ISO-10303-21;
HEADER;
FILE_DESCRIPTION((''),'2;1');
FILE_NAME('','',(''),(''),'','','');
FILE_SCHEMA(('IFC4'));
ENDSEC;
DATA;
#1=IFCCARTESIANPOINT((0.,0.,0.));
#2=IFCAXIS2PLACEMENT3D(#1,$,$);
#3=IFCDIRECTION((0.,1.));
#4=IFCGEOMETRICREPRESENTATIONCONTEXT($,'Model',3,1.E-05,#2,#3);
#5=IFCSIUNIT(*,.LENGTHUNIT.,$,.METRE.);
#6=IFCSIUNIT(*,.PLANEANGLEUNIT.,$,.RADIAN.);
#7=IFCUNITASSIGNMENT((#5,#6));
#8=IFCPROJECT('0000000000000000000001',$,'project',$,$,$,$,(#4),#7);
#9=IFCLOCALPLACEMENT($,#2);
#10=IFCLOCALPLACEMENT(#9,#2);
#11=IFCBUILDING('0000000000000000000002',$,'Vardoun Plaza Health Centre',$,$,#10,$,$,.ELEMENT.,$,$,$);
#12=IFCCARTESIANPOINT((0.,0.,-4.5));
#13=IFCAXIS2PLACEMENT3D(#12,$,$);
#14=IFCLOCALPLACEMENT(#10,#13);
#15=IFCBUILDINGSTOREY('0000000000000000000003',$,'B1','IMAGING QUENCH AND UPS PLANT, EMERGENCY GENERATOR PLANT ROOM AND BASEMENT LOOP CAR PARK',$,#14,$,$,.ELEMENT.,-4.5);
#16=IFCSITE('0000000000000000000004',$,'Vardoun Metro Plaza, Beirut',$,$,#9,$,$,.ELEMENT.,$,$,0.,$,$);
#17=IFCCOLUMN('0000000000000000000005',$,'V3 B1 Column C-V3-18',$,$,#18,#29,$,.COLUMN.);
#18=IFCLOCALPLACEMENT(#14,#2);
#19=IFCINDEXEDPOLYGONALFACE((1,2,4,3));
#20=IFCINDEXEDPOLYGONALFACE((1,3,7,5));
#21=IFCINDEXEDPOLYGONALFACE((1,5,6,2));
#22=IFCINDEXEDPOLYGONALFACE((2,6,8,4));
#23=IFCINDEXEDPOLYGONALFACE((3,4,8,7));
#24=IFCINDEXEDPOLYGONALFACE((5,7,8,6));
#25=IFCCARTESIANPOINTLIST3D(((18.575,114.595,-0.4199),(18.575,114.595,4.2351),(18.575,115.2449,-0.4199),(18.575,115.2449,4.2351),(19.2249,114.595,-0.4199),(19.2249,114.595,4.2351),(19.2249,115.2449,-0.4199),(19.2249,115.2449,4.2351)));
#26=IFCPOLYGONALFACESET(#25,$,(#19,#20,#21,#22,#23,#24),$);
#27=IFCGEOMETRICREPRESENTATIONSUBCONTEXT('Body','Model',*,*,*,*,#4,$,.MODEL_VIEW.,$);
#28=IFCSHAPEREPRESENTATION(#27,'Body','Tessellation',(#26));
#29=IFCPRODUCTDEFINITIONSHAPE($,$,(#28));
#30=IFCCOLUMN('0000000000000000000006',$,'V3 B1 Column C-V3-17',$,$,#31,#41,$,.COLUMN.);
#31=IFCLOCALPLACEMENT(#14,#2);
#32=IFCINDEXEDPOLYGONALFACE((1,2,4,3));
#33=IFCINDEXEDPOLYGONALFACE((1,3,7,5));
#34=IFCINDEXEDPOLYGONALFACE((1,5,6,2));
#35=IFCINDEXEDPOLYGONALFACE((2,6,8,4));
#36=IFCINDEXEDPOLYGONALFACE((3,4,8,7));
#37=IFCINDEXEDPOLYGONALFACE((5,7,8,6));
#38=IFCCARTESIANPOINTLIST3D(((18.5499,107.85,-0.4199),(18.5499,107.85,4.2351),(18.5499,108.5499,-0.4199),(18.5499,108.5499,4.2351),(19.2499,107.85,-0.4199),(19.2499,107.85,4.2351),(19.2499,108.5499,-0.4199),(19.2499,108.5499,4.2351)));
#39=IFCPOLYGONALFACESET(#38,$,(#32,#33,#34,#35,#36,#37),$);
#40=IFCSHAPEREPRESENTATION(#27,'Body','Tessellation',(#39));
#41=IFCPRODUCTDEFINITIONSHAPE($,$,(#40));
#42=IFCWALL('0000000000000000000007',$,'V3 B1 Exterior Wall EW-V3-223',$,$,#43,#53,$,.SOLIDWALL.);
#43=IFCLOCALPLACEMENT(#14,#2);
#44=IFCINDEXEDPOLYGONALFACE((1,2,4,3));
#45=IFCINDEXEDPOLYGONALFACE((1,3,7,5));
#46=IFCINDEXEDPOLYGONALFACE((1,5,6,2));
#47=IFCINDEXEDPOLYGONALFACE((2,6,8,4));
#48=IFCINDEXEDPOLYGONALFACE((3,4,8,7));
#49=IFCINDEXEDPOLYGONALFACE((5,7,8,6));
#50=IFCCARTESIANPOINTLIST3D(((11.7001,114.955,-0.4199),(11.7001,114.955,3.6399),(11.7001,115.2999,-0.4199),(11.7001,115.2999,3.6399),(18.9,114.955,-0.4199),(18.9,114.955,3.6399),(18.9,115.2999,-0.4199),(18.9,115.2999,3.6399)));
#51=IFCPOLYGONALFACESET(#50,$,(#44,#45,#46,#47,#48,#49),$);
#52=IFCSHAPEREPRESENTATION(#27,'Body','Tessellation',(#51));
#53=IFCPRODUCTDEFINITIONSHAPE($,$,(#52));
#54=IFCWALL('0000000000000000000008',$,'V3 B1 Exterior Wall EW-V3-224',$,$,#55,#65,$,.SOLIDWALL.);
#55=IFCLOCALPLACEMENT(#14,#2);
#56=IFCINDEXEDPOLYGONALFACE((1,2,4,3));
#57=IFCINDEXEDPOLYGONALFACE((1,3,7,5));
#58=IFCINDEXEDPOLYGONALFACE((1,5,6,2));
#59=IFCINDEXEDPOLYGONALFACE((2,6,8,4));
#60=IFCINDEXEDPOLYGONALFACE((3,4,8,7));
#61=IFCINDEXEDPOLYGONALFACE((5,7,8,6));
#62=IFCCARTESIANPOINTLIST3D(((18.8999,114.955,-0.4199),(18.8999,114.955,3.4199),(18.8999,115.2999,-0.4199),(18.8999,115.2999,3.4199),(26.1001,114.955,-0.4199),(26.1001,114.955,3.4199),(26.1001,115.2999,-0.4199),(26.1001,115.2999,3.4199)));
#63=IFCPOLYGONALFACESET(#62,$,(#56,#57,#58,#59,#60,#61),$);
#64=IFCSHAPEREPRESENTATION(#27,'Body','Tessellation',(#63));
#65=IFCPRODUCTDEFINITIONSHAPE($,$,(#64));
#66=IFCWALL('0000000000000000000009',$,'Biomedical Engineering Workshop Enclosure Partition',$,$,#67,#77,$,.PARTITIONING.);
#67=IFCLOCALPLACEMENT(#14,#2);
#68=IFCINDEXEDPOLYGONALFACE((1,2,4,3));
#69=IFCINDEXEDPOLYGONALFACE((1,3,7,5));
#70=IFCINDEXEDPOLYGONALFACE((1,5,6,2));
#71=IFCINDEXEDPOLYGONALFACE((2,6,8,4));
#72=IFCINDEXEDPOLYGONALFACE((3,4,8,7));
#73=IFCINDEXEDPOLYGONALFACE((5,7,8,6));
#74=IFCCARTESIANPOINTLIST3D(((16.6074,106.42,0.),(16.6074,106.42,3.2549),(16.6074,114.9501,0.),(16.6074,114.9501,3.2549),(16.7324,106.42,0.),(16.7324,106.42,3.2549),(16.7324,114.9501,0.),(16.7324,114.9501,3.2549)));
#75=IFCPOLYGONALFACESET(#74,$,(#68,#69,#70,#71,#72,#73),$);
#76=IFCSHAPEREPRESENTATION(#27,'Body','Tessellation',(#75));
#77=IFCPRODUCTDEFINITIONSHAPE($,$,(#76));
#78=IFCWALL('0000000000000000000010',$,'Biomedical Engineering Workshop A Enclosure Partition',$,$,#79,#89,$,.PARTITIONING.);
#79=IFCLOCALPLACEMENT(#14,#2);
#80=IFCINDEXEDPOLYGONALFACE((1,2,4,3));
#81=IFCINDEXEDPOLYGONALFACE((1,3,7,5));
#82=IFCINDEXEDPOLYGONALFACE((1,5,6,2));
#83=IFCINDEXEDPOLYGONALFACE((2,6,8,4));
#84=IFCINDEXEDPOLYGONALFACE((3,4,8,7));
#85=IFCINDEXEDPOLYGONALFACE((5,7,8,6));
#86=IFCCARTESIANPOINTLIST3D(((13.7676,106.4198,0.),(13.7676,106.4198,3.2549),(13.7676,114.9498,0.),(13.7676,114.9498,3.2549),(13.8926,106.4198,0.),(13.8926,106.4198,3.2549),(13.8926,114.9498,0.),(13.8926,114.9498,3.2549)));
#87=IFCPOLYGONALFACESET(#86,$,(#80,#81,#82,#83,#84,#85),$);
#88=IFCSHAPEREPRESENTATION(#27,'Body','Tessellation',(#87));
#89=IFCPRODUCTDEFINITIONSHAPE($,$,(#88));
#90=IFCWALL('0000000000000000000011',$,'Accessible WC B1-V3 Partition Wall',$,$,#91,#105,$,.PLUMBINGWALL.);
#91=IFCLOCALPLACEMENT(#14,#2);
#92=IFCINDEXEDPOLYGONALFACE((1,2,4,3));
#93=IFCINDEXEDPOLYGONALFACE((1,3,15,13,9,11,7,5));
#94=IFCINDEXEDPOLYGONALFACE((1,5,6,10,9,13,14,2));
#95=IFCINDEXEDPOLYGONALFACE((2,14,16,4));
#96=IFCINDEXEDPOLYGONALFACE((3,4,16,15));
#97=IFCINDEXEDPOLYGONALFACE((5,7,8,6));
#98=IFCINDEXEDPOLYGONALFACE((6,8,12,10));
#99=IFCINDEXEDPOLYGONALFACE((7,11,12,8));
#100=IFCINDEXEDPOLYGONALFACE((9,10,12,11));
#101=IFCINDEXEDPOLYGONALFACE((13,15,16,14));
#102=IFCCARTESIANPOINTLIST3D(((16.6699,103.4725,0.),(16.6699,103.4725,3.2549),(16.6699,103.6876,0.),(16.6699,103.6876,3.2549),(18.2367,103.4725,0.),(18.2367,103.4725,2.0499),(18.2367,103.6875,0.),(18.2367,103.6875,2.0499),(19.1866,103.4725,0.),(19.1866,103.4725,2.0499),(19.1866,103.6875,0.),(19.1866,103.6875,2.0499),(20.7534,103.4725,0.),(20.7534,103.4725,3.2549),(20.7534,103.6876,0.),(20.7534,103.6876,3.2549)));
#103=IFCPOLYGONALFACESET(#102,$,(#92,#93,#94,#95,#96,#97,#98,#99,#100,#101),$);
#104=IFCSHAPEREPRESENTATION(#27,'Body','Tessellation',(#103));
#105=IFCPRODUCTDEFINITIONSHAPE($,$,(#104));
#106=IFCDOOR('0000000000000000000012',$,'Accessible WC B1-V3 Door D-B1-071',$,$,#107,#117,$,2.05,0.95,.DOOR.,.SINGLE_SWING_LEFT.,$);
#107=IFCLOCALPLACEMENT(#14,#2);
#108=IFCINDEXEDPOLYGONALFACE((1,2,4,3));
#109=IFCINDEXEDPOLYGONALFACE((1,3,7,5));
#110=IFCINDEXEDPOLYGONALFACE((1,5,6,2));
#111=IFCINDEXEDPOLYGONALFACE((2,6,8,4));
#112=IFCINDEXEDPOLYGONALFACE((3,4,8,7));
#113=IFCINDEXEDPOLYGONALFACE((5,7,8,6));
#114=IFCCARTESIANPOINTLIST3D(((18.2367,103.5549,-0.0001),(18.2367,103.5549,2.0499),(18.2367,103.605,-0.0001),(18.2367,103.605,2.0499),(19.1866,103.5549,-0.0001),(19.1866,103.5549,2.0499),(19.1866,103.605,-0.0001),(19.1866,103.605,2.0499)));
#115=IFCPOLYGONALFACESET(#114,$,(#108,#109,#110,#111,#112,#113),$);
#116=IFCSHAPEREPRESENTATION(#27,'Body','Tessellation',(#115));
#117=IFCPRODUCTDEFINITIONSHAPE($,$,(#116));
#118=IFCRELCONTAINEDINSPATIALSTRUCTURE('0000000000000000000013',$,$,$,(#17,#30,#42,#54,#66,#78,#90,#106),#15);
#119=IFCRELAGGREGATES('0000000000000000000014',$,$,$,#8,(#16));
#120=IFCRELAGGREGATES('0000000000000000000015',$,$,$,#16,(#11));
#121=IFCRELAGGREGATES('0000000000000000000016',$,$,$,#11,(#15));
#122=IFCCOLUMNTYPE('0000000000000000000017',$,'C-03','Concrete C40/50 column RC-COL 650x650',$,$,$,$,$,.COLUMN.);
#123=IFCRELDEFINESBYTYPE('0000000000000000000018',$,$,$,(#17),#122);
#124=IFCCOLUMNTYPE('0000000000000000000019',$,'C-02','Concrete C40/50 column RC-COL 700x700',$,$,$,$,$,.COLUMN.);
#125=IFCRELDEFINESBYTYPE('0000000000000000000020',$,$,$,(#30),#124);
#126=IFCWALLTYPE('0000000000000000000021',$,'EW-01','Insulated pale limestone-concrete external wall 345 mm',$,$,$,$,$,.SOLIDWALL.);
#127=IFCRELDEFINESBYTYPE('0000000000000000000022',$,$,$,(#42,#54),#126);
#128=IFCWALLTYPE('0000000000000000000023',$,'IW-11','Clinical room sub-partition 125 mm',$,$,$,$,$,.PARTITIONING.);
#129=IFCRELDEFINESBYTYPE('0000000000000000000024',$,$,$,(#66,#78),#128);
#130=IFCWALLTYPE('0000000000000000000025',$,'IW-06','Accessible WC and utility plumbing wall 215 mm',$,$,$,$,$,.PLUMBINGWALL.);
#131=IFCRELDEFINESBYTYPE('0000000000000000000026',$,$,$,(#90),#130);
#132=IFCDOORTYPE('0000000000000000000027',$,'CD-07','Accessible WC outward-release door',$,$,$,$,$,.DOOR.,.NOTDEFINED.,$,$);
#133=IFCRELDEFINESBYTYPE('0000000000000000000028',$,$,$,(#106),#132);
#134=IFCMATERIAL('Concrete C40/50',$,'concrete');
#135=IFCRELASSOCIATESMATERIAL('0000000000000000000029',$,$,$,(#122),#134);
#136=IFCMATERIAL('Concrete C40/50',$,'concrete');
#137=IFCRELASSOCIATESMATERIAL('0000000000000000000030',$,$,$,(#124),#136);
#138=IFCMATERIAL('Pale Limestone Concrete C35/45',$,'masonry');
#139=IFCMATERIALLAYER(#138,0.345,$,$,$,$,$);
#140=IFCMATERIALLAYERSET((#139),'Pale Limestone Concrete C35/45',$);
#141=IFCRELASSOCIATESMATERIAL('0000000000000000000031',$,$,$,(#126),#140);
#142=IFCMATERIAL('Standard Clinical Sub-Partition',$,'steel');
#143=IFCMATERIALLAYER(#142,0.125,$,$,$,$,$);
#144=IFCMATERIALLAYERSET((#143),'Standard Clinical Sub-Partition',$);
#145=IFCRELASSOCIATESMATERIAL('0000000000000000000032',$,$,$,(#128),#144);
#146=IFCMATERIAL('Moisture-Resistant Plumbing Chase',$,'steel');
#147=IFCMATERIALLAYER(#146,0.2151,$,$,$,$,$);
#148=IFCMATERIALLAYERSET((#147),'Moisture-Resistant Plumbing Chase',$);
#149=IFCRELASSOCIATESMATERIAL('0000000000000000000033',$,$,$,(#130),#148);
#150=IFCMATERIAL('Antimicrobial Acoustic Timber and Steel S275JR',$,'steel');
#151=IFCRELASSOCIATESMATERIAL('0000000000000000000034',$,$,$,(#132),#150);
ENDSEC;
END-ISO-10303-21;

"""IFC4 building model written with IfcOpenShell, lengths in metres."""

from ifc_helpers import new_model, si_unit, direction, frame, frame_2d, origin, origin_2d, place, context, subcontext, project, spatial, rectangle, extrude, material, layer, layer_set, material_profile, profile_set, type_object, element, fill, save


model = new_model("IFC4")

# Units and contexts
model_context = context("Model", 3, precision=1e-05, world=origin(), true_north=direction((0.0, 1.0)))
body_context = subcontext(model_context, "Body", "Model", "MODEL_VIEW")
ifc_project = project(units=[si_unit("LENGTHUNIT", "METRE"), si_unit("PLANEANGLEUNIT", "RADIAN")], contexts=[model_context])

# Site, building, storey
site_placement = place(None, origin())
site = spatial("IfcSite", under=ifc_project, at=site_placement, Name="Vardoun Metro Plaza, Beirut", CompositionType="ELEMENT", RefElevation=0.0)
building_placement = place(site_placement, origin())
building = spatial("IfcBuilding", under=site, at=building_placement, Name="Vardoun Plaza Health Centre", CompositionType="ELEMENT")
storey_placement = place(building_placement, frame((0.0, 0.0, -4.5)))
storey = spatial("IfcBuildingStorey", under=building, at=storey_placement, Name="B1", Description="IMAGING QUENCH AND UPS PLANT, EMERGENCY GENERATOR PLANT ROOM AND BASEMENT LOOP CAR PARK", CompositionType="ELEMENT", Elevation=-4.5)

# Columns
ifc_material_1 = material(Name="Concrete C40/50", Category="concrete")
ifc_material_profile_1 = material_profile(ifc_material_1, rectangle(XDim=0.6499, YDim=0.6499, at=origin_2d()), Name="RC-COL 650x650")
ifc_profile_set_1 = profile_set([ifc_material_profile_1], Name="Concrete C40/50")
column_type_1 = type_object("IfcColumnType", Name="C-03", Description="Concrete C40/50 column RC-COL 650x650", PredefinedType="COLUMN", material=ifc_profile_set_1)
for number, where, z_axis, x_axis, name in (
    (1, (18.8999, 114.9199, -0.4199), (0.0, 0.0, 1.0), (1.0, 0.0, 0.0), "V3 B1 Column C-V3-18"),
):
    element("IfcColumn", number, at=place(storey_placement, frame(where, z_axis=z_axis, x_axis=x_axis)), inside=storey, type_object=column_type_1, Name=name, PredefinedType="COLUMN", context=body_context, shape_type="SweptSolid", body=[
        extrude(rectangle(XDim=0.6499, YDim=0.6499, at=origin_2d()), origin(), (0.0, 0.0, 1.0), 4.655),
    ])
ifc_material_2 = material(Name="Concrete C40/50", Category="concrete")
ifc_material_profile_2 = material_profile(ifc_material_2, rectangle(XDim=0.7, YDim=0.7, at=origin_2d()), Name="RC-COL 700x700")
ifc_profile_set_2 = profile_set([ifc_material_profile_2], Name="Concrete C40/50")
column_type_2 = type_object("IfcColumnType", Name="C-02", Description="Concrete C40/50 column RC-COL 700x700", PredefinedType="COLUMN", material=ifc_profile_set_2)
column_placement = place(storey_placement, frame((18.8999, 108.2, -0.4199), z_axis=(0.0, 0.0, 1.0), x_axis=(1.0, 0.0, 0.0)))
element("IfcColumn", 2, at=column_placement, inside=storey, type_object=column_type_2, Name="V3 B1 Column C-V3-17", PredefinedType="COLUMN", context=body_context, shape_type="SweptSolid", body=[
    extrude(rectangle(XDim=0.7, YDim=0.7, at=origin_2d()), origin(), (0.0, 0.0, 1.0), 4.655),
])

# Walls
ifc_material_3 = material(Name="Pale Limestone Concrete C35/45", Category="masonry")
ifc_layer_1 = layer(ifc_material_3, 0.345)
ifc_layer_set_1 = layer_set([ifc_layer_1], Name="Pale Limestone Concrete C35/45")
wall_type_1 = type_object("IfcWallType", Name="EW-01", Description="Insulated pale limestone-concrete external wall 345 mm", PredefinedType="SOLIDWALL", material=ifc_layer_set_1)
wall_1_placement = place(storey_placement, frame((11.7, 115.1274, -0.4199), z_axis=(0.0, 0.0, 1.0), x_axis=(1.0, 0.0, 0.0)))
element("IfcWall", 3, at=wall_1_placement, inside=storey, type_object=wall_type_1, Name="V3 B1 Exterior Wall EW-V3-223", PredefinedType="SOLIDWALL", context=body_context, shape_type="SweptSolid", body=[
    extrude(rectangle(XDim=7.2, YDim=0.345, at=frame_2d((3.6001, 0.0))), origin(), (0.0, 0.0, 1.0), 4.0598),
])
wall_2_placement = place(storey_placement, frame((18.8999, 115.1274, -0.4199), z_axis=(0.0, 0.0, 1.0), x_axis=(1.0, 0.0, 0.0)))
element("IfcWall", 4, at=wall_2_placement, inside=storey, type_object=wall_type_1, Name="V3 B1 Exterior Wall EW-V3-224", PredefinedType="SOLIDWALL", context=body_context, shape_type="SweptSolid", body=[
    extrude(rectangle(XDim=7.2002, YDim=0.345, at=frame_2d((3.6001, 0.0))), origin(), (0.0, 0.0, 1.0), 3.8398),
])
ifc_material_4 = material(Name="Standard Clinical Sub-Partition", Category="steel")
ifc_layer_2 = layer(ifc_material_4, 0.125)
ifc_layer_set_2 = layer_set([ifc_layer_2], Name="Standard Clinical Sub-Partition")
wall_type_2 = type_object("IfcWallType", Name="IW-11", Description="Clinical room sub-partition 125 mm", PredefinedType="PARTITIONING", material=ifc_layer_set_2)
for number, where, z_axis, x_axis, name in (
    (5, (16.6699, 106.4199, 0.0), (0.0, 0.0, 1.0), (0.0, 1.0, 0.0), "Biomedical Engineering Workshop Enclosure Partition"),
    (6, (13.8301, 114.95, 0.0), (0.0, 0.0, 1.0), (0.0, -1.0, 0.0), "Biomedical Engineering Workshop A Enclosure Partition"),
):
    element("IfcWall", number, at=place(storey_placement, frame(where, z_axis=z_axis, x_axis=x_axis)), inside=storey, type_object=wall_type_2, Name=name, PredefinedType="PARTITIONING", context=body_context, shape_type="SweptSolid", body=[
        extrude(rectangle(XDim=8.53, YDim=0.125, at=frame_2d((4.2651, 0.0))), origin(), (0.0, 0.0, 1.0), 3.2549),
    ])

# Wall, opening, door
ifc_material_5 = material(Name="Moisture-Resistant Plumbing Chase", Category="steel")
ifc_layer_3 = layer(ifc_material_5, 0.2151)
ifc_layer_set_3 = layer_set([ifc_layer_3], Name="Moisture-Resistant Plumbing Chase")
wall_type_3 = type_object("IfcWallType", Name="IW-06", Description="Accessible WC and utility plumbing wall 215 mm", PredefinedType="PLUMBINGWALL", material=ifc_layer_set_3)
wall_3_placement = place(storey_placement, frame((16.6699, 103.5801, 0.0), z_axis=(0.0, 0.0, 1.0), x_axis=(1.0, 0.0, 0.0)))
wall_3 = element("IfcWall", 7, at=wall_3_placement, inside=storey, type_object=wall_type_3, Name="Accessible WC B1-V3 Partition Wall", PredefinedType="PLUMBINGWALL", context=body_context, shape_type="SweptSolid", body=[
    extrude(rectangle(XDim=4.0835, YDim=0.2151, at=frame_2d((2.0417, 0.0))), origin(), (0.0, 0.0, 1.0), 3.2549),
])
opening_1_placement = place(wall_3_placement, frame((1.5667, 0.0, 0.0)))
opening_1 = element("IfcOpeningElement", 8, at=opening_1_placement, cuts=wall_3, PredefinedType="OPENING", context=body_context, shape_type="SweptSolid", body=[
    extrude(rectangle(XDim=0.95, YDim=2.05, at=frame_2d((0.4751, 1.0249))), frame((0.0, 0.1074, 0.0), z_axis=(0.0, -1.0, 0.0), x_axis=(1.0, 0.0, 0.0)), (0.0, 0.0, 1.0), 0.2151),
])
ifc_material_6 = material(Name="Antimicrobial Acoustic Timber and Steel S275JR", Category="steel")
door_type_1 = type_object("IfcDoorType", Name="CD-07", Description="Accessible WC outward-release door", OperationType="NOTDEFINED", PredefinedType="DOOR", material=ifc_material_6)
door_1_placement = place(opening_1_placement, origin())
door_1 = element("IfcDoor", 9, at=door_1_placement, inside=storey, type_object=door_type_1, Name="Accessible WC B1-V3 Door D-B1-071", OperationType="SINGLE_SWING_LEFT", OverallHeight=2.05, OverallWidth=0.95, PredefinedType="DOOR", context=body_context, shape_type="SweptSolid", body=[
    extrude(rectangle(XDim=0.95, YDim=2.05, at=frame_2d((0.4751, 1.0249))), frame((0.0, 0.0249, 0.0), z_axis=(0.0, -1.0, 0.0), x_axis=(1.0, 0.0, 0.0)), (0.0, 0.0, 1.0), 0.05),
])
fill(opening_1, door_1)

save(model, "model.ifc")
